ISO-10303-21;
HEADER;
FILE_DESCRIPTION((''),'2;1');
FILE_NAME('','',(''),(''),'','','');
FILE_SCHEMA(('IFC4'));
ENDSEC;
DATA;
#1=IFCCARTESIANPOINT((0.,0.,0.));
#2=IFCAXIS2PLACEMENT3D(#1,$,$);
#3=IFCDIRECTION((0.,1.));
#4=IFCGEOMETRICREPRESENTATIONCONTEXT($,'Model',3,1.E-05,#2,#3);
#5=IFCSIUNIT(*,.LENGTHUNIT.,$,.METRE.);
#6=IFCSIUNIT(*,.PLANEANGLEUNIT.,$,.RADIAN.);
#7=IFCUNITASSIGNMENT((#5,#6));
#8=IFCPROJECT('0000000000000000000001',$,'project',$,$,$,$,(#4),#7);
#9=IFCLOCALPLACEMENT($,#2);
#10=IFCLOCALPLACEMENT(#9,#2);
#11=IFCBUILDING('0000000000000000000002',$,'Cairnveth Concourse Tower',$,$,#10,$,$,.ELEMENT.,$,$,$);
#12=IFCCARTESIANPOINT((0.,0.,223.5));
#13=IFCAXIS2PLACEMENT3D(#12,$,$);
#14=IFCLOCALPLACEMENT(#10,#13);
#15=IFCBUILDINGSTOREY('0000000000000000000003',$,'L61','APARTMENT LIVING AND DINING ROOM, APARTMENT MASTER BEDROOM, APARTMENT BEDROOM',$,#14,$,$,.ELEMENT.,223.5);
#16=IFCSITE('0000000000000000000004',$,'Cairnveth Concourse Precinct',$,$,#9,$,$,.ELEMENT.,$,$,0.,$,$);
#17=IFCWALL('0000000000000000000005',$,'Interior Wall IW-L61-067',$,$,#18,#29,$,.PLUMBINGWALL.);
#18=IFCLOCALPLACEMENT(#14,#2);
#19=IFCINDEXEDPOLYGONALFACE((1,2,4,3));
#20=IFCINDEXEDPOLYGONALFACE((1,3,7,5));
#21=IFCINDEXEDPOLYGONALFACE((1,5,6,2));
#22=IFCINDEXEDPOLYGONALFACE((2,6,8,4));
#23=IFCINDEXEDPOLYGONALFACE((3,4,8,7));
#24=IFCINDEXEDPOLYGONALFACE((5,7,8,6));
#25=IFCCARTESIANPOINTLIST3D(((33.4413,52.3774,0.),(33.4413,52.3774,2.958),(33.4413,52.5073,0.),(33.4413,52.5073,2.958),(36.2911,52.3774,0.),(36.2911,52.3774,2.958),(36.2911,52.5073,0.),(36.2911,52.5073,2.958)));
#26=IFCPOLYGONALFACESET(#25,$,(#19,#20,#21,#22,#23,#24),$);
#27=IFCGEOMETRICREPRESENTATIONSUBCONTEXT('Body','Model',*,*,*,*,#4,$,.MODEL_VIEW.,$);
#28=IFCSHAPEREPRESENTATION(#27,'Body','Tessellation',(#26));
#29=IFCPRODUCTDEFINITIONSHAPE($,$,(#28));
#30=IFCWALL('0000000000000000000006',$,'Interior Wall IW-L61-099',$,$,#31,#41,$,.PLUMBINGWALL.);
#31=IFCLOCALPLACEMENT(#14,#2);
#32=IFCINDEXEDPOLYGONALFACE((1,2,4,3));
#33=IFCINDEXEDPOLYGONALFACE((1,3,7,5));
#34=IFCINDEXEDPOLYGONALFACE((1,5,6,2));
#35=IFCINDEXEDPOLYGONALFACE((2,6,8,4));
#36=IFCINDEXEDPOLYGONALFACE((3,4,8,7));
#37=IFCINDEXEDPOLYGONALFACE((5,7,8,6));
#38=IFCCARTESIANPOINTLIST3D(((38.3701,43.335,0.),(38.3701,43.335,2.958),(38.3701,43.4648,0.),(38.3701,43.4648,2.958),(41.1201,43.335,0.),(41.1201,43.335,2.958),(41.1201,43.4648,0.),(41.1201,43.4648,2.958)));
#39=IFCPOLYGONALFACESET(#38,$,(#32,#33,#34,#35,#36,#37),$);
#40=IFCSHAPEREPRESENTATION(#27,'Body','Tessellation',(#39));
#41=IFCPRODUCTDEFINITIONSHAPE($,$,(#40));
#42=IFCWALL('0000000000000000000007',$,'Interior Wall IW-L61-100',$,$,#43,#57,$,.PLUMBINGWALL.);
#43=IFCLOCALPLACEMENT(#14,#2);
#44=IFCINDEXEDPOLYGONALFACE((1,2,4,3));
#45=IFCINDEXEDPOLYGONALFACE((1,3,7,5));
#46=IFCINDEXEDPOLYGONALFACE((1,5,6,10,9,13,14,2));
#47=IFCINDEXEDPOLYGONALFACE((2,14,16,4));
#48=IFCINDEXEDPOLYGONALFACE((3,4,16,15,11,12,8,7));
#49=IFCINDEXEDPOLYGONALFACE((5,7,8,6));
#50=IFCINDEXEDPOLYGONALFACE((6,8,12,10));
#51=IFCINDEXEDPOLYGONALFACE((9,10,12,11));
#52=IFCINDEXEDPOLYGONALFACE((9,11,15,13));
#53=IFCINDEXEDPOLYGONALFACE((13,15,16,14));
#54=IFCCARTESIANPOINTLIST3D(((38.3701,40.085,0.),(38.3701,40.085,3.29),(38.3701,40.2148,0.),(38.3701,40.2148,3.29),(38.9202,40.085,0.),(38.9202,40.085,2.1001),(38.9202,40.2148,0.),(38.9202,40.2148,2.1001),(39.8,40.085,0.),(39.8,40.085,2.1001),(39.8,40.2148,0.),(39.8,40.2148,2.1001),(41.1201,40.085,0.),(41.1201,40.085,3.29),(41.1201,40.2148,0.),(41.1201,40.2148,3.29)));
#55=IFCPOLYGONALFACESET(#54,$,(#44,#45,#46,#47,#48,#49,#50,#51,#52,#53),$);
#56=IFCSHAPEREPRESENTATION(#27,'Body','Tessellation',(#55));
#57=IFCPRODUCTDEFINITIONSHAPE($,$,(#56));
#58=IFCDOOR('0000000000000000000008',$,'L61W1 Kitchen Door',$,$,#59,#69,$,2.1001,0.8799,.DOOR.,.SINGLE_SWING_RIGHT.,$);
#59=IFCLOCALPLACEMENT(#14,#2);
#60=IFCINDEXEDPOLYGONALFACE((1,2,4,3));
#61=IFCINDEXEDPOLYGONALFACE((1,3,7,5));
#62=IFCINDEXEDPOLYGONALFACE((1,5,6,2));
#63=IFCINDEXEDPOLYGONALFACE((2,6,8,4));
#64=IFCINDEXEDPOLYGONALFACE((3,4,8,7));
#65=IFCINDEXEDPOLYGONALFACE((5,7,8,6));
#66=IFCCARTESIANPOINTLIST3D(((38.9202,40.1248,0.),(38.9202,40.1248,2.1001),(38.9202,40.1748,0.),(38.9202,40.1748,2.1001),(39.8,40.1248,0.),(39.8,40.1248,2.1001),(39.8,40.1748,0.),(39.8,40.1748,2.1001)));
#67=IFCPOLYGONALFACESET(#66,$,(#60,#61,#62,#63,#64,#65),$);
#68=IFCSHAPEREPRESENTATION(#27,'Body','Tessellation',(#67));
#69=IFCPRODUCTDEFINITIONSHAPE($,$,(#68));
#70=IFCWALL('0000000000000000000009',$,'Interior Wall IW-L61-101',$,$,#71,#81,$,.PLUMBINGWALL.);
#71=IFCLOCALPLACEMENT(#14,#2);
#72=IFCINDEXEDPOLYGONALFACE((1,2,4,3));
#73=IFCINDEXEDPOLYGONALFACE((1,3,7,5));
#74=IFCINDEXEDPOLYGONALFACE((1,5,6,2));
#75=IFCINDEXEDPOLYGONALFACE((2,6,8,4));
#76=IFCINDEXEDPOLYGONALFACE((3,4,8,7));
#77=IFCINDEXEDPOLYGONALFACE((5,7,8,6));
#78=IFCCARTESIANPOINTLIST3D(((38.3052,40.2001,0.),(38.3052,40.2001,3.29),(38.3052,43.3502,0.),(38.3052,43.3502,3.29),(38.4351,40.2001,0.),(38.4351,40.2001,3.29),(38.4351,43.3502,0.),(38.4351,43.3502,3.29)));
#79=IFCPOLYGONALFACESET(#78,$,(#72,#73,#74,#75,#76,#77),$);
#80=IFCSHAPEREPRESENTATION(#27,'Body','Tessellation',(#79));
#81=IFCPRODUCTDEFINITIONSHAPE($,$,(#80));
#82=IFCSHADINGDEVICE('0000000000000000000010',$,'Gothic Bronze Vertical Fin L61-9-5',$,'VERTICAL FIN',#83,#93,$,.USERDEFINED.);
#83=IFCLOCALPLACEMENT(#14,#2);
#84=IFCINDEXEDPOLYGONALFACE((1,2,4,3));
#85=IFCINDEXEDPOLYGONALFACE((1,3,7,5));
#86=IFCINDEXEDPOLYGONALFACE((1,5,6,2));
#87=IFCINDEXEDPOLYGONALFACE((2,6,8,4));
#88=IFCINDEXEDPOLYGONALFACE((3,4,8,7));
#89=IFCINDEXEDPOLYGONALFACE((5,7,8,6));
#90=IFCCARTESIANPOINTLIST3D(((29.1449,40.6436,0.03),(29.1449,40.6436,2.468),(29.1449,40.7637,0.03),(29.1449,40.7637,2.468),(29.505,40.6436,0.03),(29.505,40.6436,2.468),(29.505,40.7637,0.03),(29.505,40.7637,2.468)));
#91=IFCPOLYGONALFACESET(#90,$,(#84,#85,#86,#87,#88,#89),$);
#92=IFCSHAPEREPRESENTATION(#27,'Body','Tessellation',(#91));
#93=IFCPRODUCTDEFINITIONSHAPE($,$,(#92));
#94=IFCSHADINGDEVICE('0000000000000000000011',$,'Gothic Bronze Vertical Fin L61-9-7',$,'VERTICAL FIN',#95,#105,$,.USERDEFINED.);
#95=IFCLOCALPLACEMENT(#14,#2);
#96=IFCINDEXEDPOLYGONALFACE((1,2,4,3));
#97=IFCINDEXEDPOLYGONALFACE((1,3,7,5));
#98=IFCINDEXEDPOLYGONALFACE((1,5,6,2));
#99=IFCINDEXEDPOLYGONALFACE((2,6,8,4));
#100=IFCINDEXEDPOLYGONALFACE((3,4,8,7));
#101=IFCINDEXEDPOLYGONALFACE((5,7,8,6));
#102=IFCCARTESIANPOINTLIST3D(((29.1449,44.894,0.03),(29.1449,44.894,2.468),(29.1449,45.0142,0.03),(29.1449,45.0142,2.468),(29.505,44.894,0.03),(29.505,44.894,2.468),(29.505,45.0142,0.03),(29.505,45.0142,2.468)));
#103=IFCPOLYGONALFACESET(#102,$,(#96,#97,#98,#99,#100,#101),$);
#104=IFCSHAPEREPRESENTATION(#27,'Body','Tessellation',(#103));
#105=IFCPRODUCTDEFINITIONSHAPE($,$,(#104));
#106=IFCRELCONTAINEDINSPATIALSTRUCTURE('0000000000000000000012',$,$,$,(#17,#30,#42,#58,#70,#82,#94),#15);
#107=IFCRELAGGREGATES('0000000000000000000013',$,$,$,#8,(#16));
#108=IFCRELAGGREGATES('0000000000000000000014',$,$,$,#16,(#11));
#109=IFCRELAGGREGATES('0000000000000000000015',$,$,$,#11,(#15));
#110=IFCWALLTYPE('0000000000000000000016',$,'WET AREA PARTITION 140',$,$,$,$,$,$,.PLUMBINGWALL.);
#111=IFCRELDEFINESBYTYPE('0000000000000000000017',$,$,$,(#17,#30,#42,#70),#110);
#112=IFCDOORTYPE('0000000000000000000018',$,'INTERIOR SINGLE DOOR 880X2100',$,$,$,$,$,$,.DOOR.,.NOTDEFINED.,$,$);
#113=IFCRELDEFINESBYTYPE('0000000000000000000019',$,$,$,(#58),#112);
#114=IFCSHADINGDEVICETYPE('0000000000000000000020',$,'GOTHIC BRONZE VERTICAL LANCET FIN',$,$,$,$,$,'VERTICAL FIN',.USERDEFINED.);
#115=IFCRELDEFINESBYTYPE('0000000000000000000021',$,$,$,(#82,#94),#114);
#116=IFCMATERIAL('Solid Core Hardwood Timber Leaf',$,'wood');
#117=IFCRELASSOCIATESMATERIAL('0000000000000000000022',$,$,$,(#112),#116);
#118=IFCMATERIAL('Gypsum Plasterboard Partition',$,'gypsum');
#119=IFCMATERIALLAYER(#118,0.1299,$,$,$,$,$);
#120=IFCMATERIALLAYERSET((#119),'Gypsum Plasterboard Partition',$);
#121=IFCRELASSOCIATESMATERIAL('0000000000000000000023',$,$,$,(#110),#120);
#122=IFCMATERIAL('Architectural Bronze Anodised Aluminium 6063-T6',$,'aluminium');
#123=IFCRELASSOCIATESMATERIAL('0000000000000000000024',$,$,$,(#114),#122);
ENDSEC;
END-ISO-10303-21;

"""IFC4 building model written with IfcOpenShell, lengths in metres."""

from ifc_helpers import new_model, si_unit, direction, frame, frame_2d, origin, origin_2d, place, context, subcontext, project, spatial, rectangle, extrude, material, layer, layer_set, type_object, element, fill, save


model = new_model("IFC4")

# Units and contexts
model_context = context("Model", 3, precision=1e-05, world=origin(), true_north=direction((0.0, 1.0)))
body_context = subcontext(model_context, "Body", "Model", "MODEL_VIEW")
ifc_project = project(units=[si_unit("LENGTHUNIT", "METRE"), si_unit("PLANEANGLEUNIT", "RADIAN")], contexts=[model_context])

# Site, building, storey
site_placement = place(None, origin())
site = spatial("IfcSite", under=ifc_project, at=site_placement, Name="Cairnveth Concourse Precinct", CompositionType="ELEMENT", RefElevation=0.0)
building_placement = place(site_placement, origin())
building = spatial("IfcBuilding", under=site, at=building_placement, Name="Cairnveth Concourse Tower", CompositionType="ELEMENT")
storey_placement = place(building_placement, frame((0.0, 0.0, 223.5)))
storey = spatial("IfcBuildingStorey", under=building, at=storey_placement, Name="L61", Description="APARTMENT LIVING AND DINING ROOM, APARTMENT MASTER BEDROOM, APARTMENT BEDROOM", CompositionType="ELEMENT", Elevation=223.5)

# Shared definitions
ifc_material_1 = material(Name="Gypsum Plasterboard Partition", Category="gypsum")
ifc_material_2 = material(Name="Solid Core Hardwood Timber Leaf", Category="wood")

# Shared definitions
door_type_1 = type_object("IfcDoorType", Name="INTERIOR SINGLE DOOR 880X2100", OperationType="NOTDEFINED", PredefinedType="DOOR", material=ifc_material_2)

# Shared definitions
ifc_layer_1 = layer(ifc_material_1, 0.1299)
ifc_layer_set_1 = layer_set([ifc_layer_1], Name="Gypsum Plasterboard Partition")
wall_type_1 = type_object("IfcWallType", Name="WET AREA PARTITION 140", PredefinedType="PLUMBINGWALL", material=ifc_layer_set_1)

# Walls
wall_1_placement = place(storey_placement, frame((33.4414, 52.4424, 0.0), z_axis=(0.0, 0.0, 1.0), x_axis=(1.0, 0.0, 0.0)))
element("IfcWall", 1, at=wall_1_placement, inside=storey, type_object=wall_type_1, Name="Interior Wall IW-L61-067", PredefinedType="PLUMBINGWALL", context=body_context, shape_type="SweptSolid", body=[
    extrude(rectangle(XDim=2.8499, YDim=0.1299, at=frame_2d((1.4248, 0.0))), origin(), (0.0, 0.0, 1.0), 2.958),
])
wall_2_placement = place(storey_placement, frame((38.3701, 43.3999, 0.0), z_axis=(0.0, 0.0, 1.0), x_axis=(1.0, 0.0, 0.0)))
element("IfcWall", 2, at=wall_2_placement, inside=storey, type_object=wall_type_1, Name="Interior Wall IW-L61-099", PredefinedType="PLUMBINGWALL", context=body_context, shape_type="SweptSolid", body=[
    extrude(rectangle(XDim=2.75, YDim=0.1299, at=frame_2d((1.375, 0.0))), origin(), (0.0, 0.0, 1.0), 2.958),
])

# Wall, opening, door
wall_3_placement = place(storey_placement, frame((38.3701, 40.1499, 0.0), z_axis=(0.0, 0.0, 1.0), x_axis=(1.0, 0.0, 0.0)))
wall_3 = element("IfcWall", 3, at=wall_3_placement, inside=storey, type_object=wall_type_1, Name="Interior Wall IW-L61-100", PredefinedType="PLUMBINGWALL", context=body_context, shape_type="SweptSolid", body=[
    extrude(rectangle(XDim=2.75, YDim=0.1299, at=frame_2d((1.375, 0.0))), origin(), (0.0, 0.0, 1.0), 3.29),
])
opening_1_placement = place(wall_3_placement, frame((0.55, 0.0, 0.0)))
opening_1 = element("IfcOpeningElement", 4, at=opening_1_placement, cuts=wall_3, PredefinedType="OPENING", context=body_context, shape_type="SweptSolid", body=[
    extrude(rectangle(XDim=0.8799, YDim=2.1001, at=frame_2d((0.4399, 1.05))), frame((0.0, 0.075, 0.0), z_axis=(0.0, -1.0, 0.0), x_axis=(1.0, 0.0, 0.0)), (0.0, 0.0, 1.0), 0.1499),
])
door_1_placement = place(opening_1_placement, origin())
door_1 = element("IfcDoor", 5, at=door_1_placement, inside=storey, type_object=door_type_1, Name="L61W1 Kitchen Door", OperationType="SINGLE_SWING_RIGHT", OverallHeight=2.1001, OverallWidth=0.8799, PredefinedType="DOOR", context=body_context, shape_type="SweptSolid", body=[
    extrude(rectangle(XDim=0.8799, YDim=2.1001, at=frame_2d((0.4399, 1.05))), frame((0.0, 0.0249, 0.0), z_axis=(0.0, -1.0, 0.0), x_axis=(1.0, 0.0, 0.0)), (0.0, 0.0, 1.0), 0.05),
])
fill(opening_1, door_1)

# Wall
wall_4_placement = place(storey_placement, frame((38.3701, 40.2, 0.0), z_axis=(0.0, 0.0, 1.0), x_axis=(0.0, 1.0, 0.0)))
element("IfcWall", 6, at=wall_4_placement, inside=storey, type_object=wall_type_1, Name="Interior Wall IW-L61-101", PredefinedType="PLUMBINGWALL", context=body_context, shape_type="SweptSolid", body=[
    extrude(rectangle(XDim=3.1501, YDim=0.1299, at=frame_2d((1.5752, 0.0))), origin(), (0.0, 0.0, 1.0), 3.29),
])

# Shading devices
ifc_material_3 = material(Name="Architectural Bronze Anodised Aluminium 6063-T6", Category="aluminium")
shading_device_type = type_object("IfcShadingDeviceType", Name="GOTHIC BRONZE VERTICAL LANCET FIN", ElementType="VERTICAL FIN", PredefinedType="USERDEFINED", material=ifc_material_3)
for number, where, z_axis, x_axis, name in (
    (7, (29.325, 40.7036, 0.03), (0.0, 0.0, 1.0), (0.0, 1.0, 0.0), "Gothic Bronze Vertical Fin L61-9-5"),
    (8, (29.325, 44.9541, 0.03), (0.0, 0.0, 1.0), (0.0, 1.0, 0.0), "Gothic Bronze Vertical Fin L61-9-7"),
):
    element("IfcShadingDevice", number, at=place(storey_placement, frame(where, z_axis=z_axis, x_axis=x_axis)), inside=storey, type_object=shading_device_type, Name=name, ObjectType="VERTICAL FIN", PredefinedType="USERDEFINED", context=body_context, shape_type="SweptSolid", body=[
        extrude(rectangle(XDim=0.1201, YDim=0.3601, at=origin_2d()), origin(), (0.0, 0.0, 1.0), 2.438),
    ])

save(model, "model.ifc")
